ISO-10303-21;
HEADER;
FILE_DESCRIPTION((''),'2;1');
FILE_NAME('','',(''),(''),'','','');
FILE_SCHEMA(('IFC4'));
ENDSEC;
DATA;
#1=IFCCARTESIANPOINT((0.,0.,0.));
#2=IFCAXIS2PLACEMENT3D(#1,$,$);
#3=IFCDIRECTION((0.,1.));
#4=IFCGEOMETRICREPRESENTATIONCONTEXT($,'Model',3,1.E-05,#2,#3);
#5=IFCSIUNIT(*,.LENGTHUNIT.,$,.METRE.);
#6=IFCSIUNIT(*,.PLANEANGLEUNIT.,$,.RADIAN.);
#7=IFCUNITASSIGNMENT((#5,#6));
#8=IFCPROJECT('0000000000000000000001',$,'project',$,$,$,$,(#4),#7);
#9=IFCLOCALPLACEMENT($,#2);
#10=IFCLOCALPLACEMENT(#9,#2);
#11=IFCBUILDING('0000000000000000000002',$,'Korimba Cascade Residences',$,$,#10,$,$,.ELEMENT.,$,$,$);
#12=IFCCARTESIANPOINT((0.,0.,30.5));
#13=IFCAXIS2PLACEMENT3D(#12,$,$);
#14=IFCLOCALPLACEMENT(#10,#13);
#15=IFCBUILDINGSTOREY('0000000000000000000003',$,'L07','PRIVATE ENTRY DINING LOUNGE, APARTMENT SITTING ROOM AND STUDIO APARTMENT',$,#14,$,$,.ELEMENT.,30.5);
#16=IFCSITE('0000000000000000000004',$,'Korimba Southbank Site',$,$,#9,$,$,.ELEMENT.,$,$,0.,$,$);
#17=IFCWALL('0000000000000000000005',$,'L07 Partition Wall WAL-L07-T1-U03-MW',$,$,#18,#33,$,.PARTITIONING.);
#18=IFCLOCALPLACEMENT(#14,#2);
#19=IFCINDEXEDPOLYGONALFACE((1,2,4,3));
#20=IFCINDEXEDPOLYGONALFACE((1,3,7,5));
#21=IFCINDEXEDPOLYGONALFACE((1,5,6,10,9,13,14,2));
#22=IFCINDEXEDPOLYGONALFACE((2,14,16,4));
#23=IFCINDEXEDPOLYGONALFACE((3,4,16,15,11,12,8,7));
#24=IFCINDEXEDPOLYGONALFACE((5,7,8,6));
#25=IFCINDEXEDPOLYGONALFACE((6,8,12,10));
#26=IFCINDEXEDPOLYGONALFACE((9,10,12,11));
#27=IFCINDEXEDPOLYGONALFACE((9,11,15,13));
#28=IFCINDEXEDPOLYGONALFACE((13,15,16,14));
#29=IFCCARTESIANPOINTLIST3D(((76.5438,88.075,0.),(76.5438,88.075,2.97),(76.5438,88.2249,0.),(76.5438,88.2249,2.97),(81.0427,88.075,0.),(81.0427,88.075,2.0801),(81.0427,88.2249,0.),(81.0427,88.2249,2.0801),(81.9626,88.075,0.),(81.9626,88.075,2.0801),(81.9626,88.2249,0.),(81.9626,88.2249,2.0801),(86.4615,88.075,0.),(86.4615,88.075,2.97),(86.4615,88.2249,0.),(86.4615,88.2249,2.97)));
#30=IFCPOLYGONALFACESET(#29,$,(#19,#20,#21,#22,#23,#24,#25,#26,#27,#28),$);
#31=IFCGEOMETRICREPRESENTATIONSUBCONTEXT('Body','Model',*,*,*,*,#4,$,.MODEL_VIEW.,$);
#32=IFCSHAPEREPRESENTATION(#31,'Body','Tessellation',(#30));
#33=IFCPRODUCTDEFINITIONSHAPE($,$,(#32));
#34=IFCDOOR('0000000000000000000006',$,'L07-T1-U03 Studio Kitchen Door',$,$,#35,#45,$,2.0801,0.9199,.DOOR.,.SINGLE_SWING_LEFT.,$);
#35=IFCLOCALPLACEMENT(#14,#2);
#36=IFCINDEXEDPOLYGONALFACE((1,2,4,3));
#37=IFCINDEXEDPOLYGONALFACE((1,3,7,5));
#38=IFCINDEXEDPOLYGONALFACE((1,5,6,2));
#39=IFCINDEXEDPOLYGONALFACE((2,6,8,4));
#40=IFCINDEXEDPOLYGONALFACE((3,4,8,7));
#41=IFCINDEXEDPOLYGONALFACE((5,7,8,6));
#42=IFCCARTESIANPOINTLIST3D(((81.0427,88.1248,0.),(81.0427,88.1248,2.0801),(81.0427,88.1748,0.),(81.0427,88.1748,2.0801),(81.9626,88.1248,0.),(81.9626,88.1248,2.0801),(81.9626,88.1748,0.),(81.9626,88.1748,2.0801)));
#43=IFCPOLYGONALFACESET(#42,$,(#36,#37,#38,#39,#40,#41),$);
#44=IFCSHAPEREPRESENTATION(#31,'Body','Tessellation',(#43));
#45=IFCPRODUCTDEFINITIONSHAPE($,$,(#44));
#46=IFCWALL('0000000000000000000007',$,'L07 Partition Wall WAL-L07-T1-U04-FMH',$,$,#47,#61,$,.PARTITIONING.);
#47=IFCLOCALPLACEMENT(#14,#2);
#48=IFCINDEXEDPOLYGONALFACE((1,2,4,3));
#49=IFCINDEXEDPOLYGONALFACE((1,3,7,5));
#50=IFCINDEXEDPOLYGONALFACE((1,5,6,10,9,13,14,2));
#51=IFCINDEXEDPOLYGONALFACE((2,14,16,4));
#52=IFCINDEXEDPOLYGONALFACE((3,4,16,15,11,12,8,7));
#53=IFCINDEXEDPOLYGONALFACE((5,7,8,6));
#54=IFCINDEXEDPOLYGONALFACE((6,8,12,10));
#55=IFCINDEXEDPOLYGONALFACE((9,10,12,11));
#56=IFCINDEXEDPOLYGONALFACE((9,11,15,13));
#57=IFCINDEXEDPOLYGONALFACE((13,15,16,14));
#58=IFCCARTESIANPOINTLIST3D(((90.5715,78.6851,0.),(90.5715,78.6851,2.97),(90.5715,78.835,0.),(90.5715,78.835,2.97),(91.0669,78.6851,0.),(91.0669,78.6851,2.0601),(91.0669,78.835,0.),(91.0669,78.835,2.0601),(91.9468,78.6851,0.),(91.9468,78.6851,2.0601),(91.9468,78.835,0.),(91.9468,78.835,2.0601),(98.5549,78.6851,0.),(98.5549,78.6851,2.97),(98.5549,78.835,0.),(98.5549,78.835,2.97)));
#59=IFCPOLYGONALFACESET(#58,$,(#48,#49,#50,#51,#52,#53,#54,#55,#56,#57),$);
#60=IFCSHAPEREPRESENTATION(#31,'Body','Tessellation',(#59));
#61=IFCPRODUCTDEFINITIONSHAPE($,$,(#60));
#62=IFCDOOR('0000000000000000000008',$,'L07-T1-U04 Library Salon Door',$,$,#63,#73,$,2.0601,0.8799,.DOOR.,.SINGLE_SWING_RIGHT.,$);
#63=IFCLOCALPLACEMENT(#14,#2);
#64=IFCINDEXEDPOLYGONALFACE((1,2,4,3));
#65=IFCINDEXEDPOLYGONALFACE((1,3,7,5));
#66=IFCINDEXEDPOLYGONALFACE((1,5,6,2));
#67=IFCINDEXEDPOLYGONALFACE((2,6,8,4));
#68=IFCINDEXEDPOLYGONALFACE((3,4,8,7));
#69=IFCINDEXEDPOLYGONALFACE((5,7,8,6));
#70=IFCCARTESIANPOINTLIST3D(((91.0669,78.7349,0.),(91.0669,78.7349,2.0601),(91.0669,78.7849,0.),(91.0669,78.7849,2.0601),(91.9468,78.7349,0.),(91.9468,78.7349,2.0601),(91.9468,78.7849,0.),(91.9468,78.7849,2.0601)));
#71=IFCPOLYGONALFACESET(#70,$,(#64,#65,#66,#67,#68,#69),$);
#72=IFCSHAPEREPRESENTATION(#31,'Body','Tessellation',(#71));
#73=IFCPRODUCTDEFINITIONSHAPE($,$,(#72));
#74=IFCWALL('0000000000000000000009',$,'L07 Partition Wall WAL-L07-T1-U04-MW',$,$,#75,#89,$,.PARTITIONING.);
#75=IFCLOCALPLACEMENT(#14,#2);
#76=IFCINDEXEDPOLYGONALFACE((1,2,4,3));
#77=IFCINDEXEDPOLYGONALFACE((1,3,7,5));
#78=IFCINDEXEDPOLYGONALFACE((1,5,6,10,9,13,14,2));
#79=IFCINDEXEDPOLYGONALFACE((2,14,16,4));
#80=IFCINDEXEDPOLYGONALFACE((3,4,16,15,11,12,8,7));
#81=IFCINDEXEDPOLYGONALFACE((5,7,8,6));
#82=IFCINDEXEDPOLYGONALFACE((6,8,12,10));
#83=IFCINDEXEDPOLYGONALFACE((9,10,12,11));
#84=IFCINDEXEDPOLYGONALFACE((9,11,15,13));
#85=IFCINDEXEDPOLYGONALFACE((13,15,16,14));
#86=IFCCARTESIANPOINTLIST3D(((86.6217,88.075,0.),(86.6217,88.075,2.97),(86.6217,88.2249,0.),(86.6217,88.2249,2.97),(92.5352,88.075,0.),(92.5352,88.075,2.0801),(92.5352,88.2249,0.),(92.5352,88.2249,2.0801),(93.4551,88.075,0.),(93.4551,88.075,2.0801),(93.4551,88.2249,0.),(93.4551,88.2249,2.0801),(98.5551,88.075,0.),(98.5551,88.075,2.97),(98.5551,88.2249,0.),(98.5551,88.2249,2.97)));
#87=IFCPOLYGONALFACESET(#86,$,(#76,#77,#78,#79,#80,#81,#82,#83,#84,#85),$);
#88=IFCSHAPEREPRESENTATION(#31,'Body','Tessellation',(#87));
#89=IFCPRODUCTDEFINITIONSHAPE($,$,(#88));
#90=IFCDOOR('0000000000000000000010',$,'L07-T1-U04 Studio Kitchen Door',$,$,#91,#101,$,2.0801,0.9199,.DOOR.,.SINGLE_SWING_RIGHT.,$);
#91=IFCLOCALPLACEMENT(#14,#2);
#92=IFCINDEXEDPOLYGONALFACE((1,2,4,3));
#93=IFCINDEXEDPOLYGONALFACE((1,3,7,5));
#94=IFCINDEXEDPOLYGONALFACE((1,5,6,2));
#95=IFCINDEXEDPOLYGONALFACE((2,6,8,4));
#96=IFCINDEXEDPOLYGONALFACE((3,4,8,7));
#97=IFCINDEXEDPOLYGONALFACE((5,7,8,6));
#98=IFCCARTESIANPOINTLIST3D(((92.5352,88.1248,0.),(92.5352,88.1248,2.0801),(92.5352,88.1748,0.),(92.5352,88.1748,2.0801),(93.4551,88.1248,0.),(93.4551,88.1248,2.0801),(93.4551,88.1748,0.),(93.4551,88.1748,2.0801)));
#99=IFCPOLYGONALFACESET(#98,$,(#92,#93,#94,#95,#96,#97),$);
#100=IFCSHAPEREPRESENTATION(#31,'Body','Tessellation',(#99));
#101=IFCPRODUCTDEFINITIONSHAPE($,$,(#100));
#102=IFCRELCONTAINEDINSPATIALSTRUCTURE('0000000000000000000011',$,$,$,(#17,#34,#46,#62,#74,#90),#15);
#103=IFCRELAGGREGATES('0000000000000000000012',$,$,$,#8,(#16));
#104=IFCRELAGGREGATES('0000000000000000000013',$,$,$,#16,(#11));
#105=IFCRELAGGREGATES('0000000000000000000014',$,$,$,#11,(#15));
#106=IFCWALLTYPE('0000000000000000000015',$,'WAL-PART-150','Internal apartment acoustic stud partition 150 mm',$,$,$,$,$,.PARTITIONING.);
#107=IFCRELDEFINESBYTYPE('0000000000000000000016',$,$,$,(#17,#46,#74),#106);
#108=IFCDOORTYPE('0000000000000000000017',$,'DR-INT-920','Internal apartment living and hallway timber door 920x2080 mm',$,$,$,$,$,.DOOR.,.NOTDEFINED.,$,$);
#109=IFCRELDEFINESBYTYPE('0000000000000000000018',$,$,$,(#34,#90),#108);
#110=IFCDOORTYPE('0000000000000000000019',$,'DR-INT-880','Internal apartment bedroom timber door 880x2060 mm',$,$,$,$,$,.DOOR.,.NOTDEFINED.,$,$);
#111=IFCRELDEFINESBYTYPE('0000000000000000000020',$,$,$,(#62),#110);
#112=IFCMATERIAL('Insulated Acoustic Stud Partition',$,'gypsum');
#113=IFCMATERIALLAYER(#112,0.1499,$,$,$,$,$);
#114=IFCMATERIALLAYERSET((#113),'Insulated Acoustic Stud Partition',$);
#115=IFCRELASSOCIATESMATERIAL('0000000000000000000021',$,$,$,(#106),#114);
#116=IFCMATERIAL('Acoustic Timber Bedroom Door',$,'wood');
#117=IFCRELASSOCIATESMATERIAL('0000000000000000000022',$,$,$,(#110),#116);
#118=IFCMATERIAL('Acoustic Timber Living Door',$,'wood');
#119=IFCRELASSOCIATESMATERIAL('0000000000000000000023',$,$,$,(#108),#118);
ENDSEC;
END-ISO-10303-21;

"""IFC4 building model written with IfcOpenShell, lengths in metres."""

from ifc_helpers import new_model, si_unit, direction, frame, frame_2d, origin, place, context, subcontext, project, spatial, rectangle, extrude, material, layer, layer_set, type_object, element, fill, save


model = new_model("IFC4")

# Units and contexts
model_context = context("Model", 3, precision=1e-05, world=origin(), true_north=direction((0.0, 1.0)))
body_context = subcontext(model_context, "Body", "Model", "MODEL_VIEW")
ifc_project = project(units=[si_unit("LENGTHUNIT", "METRE"), si_unit("PLANEANGLEUNIT", "RADIAN")], contexts=[model_context])

# Site, building, storey
site_placement = place(None, origin())
site = spatial("IfcSite", under=ifc_project, at=site_placement, Name="Korimba Southbank Site", CompositionType="ELEMENT", RefElevation=0.0)
building_placement = place(site_placement, origin())
building = spatial("IfcBuilding", under=site, at=building_placement, Name="Korimba Cascade Residences", CompositionType="ELEMENT")
storey_placement = place(building_placement, frame((0.0, 0.0, 30.5)))
storey = spatial("IfcBuildingStorey", under=building, at=storey_placement, Name="L07", Description="PRIVATE ENTRY DINING LOUNGE, APARTMENT SITTING ROOM AND STUDIO APARTMENT", CompositionType="ELEMENT", Elevation=30.5)

# Walls, openings, doors
ifc_material_1 = material(Name="Insulated Acoustic Stud Partition", Category="gypsum")
ifc_layer_1 = layer(ifc_material_1, 0.1499)
ifc_layer_set_1 = layer_set([ifc_layer_1], Name="Insulated Acoustic Stud Partition")
wall_type_1 = type_object("IfcWallType", Name="WAL-PART-150", Description="Internal apartment acoustic stud partition 150 mm", PredefinedType="PARTITIONING", material=ifc_layer_set_1)
ifc_material_2 = material(Name="Acoustic Timber Bedroom Door", Category="wood")
door_type_1 = type_object("IfcDoorType", Name="DR-INT-880", Description="Internal apartment bedroom timber door 880x2060 mm", OperationType="NOTDEFINED", PredefinedType="DOOR", material=ifc_material_2)
wall_1_placement = place(storey_placement, frame((76.5437, 88.1499, 0.0), z_axis=(0.0, 0.0, 1.0), x_axis=(1.0, 0.0, 0.0)))
wall_1 = element("IfcWall", 1, at=wall_1_placement, inside=storey, type_object=wall_type_1, Name="L07 Partition Wall WAL-L07-T1-U03-MW", PredefinedType="PARTITIONING", context=body_context, shape_type="SweptSolid", body=[
    extrude(rectangle(XDim=9.9177, YDim=0.1499, at=frame_2d((4.959, 0.0))), origin(), (0.0, 0.0, 1.0), 2.97),
])
opening_1_placement = place(wall_1_placement, frame((4.499, 0.0, 0.0)))
opening_1 = element("IfcOpeningElement", 2, at=opening_1_placement, cuts=wall_1, PredefinedType="OPENING", context=body_context, shape_type="SweptSolid", body=[
    extrude(rectangle(XDim=0.9199, YDim=2.0801, at=frame_2d((0.46, 1.04))), frame((0.0, 0.085, 0.0), z_axis=(0.0, -1.0, 0.0), x_axis=(1.0, 0.0, 0.0)), (0.0, 0.0, 1.0), 0.1699),
])
ifc_material_3 = material(Name="Acoustic Timber Living Door", Category="wood")
door_type_2 = type_object("IfcDoorType", Name="DR-INT-920", Description="Internal apartment living and hallway timber door 920x2080 mm", OperationType="NOTDEFINED", PredefinedType="DOOR", material=ifc_material_3)
door_1_placement = place(opening_1_placement, origin())
door_1 = element("IfcDoor", 3, at=door_1_placement, inside=storey, type_object=door_type_2, Name="L07-T1-U03 Studio Kitchen Door", OperationType="SINGLE_SWING_LEFT", OverallHeight=2.0801, OverallWidth=0.9199, PredefinedType="DOOR", context=body_context, shape_type="SweptSolid", body=[
    extrude(rectangle(XDim=0.9199, YDim=2.0801, at=frame_2d((0.46, 1.04))), frame((0.0, 0.0249, 0.0), z_axis=(0.0, -1.0, 0.0), x_axis=(1.0, 0.0, 0.0)), (0.0, 0.0, 1.0), 0.05),
])
fill(opening_1, door_1)
wall_2_placement = place(storey_placement, frame((90.5715, 78.76, 0.0), z_axis=(0.0, 0.0, 1.0), x_axis=(1.0, 0.0, 0.0)))
wall_2 = element("IfcWall", 4, at=wall_2_placement, inside=storey, type_object=wall_type_1, Name="L07 Partition Wall WAL-L07-T1-U04-FMH", PredefinedType="PARTITIONING", context=body_context, shape_type="SweptSolid", body=[
    extrude(rectangle(XDim=7.9834, YDim=0.1499, at=frame_2d((3.9917, 0.0))), origin(), (0.0, 0.0, 1.0), 2.97),
])
opening_2_placement = place(wall_2_placement, frame((0.4954, 0.0, 0.0)))
opening_2 = element("IfcOpeningElement", 5, at=opening_2_placement, cuts=wall_2, PredefinedType="OPENING", context=body_context, shape_type="SweptSolid", body=[
    extrude(rectangle(XDim=0.8799, YDim=2.0601, at=frame_2d((0.4399, 1.03))), frame((0.0, 0.085, 0.0), z_axis=(0.0, -1.0, 0.0), x_axis=(1.0, 0.0, 0.0)), (0.0, 0.0, 1.0), 0.1699),
])
door_2_placement = place(opening_2_placement, origin())
door_2 = element("IfcDoor", 6, at=door_2_placement, inside=storey, type_object=door_type_1, Name="L07-T1-U04 Library Salon Door", OperationType="SINGLE_SWING_RIGHT", OverallHeight=2.0601, OverallWidth=0.8799, PredefinedType="DOOR", context=body_context, shape_type="SweptSolid", body=[
    extrude(rectangle(XDim=0.8799, YDim=2.0601, at=frame_2d((0.4399, 1.03))), frame((0.0, 0.0249, 0.0), z_axis=(0.0, -1.0, 0.0), x_axis=(1.0, 0.0, 0.0)), (0.0, 0.0, 1.0), 0.05),
])
fill(opening_2, door_2)
wall_3_placement = place(storey_placement, frame((86.6216, 88.1499, 0.0), z_axis=(0.0, 0.0, 1.0), x_axis=(1.0, 0.0, 0.0)))
wall_3 = element("IfcWall", 7, at=wall_3_placement, inside=storey, type_object=wall_type_1, Name="L07 Partition Wall WAL-L07-T1-U04-MW", PredefinedType="PARTITIONING", context=body_context, shape_type="SweptSolid", body=[
    extrude(rectangle(XDim=11.9333, YDim=0.1499, at=frame_2d((5.9668, 0.0))), origin(), (0.0, 0.0, 1.0), 2.97),
])
opening_3_placement = place(wall_3_placement, frame((5.9136, 0.0, 0.0)))
opening_3 = element("IfcOpeningElement", 8, at=opening_3_placement, cuts=wall_3, PredefinedType="OPENING", context=body_context, shape_type="SweptSolid", body=[
    extrude(rectangle(XDim=0.9199, YDim=2.0801, at=frame_2d((0.46, 1.04))), frame((0.0, 0.085, 0.0), z_axis=(0.0, -1.0, 0.0), x_axis=(1.0, 0.0, 0.0)), (0.0, 0.0, 1.0), 0.1699),
])
door_3_placement = place(opening_3_placement, origin())
door_3 = element("IfcDoor", 9, at=door_3_placement, inside=storey, type_object=door_type_2, Name="L07-T1-U04 Studio Kitchen Door", OperationType="SINGLE_SWING_RIGHT", OverallHeight=2.0801, OverallWidth=0.9199, PredefinedType="DOOR", context=body_context, shape_type="SweptSolid", body=[
    extrude(rectangle(XDim=0.9199, YDim=2.0801, at=frame_2d((0.46, 1.04))), frame((0.0, 0.0249, 0.0), z_axis=(0.0, -1.0, 0.0), x_axis=(1.0, 0.0, 0.0)), (0.0, 0.0, 1.0), 0.05),
])
fill(opening_3, door_3)

save(model, "model.ifc")
